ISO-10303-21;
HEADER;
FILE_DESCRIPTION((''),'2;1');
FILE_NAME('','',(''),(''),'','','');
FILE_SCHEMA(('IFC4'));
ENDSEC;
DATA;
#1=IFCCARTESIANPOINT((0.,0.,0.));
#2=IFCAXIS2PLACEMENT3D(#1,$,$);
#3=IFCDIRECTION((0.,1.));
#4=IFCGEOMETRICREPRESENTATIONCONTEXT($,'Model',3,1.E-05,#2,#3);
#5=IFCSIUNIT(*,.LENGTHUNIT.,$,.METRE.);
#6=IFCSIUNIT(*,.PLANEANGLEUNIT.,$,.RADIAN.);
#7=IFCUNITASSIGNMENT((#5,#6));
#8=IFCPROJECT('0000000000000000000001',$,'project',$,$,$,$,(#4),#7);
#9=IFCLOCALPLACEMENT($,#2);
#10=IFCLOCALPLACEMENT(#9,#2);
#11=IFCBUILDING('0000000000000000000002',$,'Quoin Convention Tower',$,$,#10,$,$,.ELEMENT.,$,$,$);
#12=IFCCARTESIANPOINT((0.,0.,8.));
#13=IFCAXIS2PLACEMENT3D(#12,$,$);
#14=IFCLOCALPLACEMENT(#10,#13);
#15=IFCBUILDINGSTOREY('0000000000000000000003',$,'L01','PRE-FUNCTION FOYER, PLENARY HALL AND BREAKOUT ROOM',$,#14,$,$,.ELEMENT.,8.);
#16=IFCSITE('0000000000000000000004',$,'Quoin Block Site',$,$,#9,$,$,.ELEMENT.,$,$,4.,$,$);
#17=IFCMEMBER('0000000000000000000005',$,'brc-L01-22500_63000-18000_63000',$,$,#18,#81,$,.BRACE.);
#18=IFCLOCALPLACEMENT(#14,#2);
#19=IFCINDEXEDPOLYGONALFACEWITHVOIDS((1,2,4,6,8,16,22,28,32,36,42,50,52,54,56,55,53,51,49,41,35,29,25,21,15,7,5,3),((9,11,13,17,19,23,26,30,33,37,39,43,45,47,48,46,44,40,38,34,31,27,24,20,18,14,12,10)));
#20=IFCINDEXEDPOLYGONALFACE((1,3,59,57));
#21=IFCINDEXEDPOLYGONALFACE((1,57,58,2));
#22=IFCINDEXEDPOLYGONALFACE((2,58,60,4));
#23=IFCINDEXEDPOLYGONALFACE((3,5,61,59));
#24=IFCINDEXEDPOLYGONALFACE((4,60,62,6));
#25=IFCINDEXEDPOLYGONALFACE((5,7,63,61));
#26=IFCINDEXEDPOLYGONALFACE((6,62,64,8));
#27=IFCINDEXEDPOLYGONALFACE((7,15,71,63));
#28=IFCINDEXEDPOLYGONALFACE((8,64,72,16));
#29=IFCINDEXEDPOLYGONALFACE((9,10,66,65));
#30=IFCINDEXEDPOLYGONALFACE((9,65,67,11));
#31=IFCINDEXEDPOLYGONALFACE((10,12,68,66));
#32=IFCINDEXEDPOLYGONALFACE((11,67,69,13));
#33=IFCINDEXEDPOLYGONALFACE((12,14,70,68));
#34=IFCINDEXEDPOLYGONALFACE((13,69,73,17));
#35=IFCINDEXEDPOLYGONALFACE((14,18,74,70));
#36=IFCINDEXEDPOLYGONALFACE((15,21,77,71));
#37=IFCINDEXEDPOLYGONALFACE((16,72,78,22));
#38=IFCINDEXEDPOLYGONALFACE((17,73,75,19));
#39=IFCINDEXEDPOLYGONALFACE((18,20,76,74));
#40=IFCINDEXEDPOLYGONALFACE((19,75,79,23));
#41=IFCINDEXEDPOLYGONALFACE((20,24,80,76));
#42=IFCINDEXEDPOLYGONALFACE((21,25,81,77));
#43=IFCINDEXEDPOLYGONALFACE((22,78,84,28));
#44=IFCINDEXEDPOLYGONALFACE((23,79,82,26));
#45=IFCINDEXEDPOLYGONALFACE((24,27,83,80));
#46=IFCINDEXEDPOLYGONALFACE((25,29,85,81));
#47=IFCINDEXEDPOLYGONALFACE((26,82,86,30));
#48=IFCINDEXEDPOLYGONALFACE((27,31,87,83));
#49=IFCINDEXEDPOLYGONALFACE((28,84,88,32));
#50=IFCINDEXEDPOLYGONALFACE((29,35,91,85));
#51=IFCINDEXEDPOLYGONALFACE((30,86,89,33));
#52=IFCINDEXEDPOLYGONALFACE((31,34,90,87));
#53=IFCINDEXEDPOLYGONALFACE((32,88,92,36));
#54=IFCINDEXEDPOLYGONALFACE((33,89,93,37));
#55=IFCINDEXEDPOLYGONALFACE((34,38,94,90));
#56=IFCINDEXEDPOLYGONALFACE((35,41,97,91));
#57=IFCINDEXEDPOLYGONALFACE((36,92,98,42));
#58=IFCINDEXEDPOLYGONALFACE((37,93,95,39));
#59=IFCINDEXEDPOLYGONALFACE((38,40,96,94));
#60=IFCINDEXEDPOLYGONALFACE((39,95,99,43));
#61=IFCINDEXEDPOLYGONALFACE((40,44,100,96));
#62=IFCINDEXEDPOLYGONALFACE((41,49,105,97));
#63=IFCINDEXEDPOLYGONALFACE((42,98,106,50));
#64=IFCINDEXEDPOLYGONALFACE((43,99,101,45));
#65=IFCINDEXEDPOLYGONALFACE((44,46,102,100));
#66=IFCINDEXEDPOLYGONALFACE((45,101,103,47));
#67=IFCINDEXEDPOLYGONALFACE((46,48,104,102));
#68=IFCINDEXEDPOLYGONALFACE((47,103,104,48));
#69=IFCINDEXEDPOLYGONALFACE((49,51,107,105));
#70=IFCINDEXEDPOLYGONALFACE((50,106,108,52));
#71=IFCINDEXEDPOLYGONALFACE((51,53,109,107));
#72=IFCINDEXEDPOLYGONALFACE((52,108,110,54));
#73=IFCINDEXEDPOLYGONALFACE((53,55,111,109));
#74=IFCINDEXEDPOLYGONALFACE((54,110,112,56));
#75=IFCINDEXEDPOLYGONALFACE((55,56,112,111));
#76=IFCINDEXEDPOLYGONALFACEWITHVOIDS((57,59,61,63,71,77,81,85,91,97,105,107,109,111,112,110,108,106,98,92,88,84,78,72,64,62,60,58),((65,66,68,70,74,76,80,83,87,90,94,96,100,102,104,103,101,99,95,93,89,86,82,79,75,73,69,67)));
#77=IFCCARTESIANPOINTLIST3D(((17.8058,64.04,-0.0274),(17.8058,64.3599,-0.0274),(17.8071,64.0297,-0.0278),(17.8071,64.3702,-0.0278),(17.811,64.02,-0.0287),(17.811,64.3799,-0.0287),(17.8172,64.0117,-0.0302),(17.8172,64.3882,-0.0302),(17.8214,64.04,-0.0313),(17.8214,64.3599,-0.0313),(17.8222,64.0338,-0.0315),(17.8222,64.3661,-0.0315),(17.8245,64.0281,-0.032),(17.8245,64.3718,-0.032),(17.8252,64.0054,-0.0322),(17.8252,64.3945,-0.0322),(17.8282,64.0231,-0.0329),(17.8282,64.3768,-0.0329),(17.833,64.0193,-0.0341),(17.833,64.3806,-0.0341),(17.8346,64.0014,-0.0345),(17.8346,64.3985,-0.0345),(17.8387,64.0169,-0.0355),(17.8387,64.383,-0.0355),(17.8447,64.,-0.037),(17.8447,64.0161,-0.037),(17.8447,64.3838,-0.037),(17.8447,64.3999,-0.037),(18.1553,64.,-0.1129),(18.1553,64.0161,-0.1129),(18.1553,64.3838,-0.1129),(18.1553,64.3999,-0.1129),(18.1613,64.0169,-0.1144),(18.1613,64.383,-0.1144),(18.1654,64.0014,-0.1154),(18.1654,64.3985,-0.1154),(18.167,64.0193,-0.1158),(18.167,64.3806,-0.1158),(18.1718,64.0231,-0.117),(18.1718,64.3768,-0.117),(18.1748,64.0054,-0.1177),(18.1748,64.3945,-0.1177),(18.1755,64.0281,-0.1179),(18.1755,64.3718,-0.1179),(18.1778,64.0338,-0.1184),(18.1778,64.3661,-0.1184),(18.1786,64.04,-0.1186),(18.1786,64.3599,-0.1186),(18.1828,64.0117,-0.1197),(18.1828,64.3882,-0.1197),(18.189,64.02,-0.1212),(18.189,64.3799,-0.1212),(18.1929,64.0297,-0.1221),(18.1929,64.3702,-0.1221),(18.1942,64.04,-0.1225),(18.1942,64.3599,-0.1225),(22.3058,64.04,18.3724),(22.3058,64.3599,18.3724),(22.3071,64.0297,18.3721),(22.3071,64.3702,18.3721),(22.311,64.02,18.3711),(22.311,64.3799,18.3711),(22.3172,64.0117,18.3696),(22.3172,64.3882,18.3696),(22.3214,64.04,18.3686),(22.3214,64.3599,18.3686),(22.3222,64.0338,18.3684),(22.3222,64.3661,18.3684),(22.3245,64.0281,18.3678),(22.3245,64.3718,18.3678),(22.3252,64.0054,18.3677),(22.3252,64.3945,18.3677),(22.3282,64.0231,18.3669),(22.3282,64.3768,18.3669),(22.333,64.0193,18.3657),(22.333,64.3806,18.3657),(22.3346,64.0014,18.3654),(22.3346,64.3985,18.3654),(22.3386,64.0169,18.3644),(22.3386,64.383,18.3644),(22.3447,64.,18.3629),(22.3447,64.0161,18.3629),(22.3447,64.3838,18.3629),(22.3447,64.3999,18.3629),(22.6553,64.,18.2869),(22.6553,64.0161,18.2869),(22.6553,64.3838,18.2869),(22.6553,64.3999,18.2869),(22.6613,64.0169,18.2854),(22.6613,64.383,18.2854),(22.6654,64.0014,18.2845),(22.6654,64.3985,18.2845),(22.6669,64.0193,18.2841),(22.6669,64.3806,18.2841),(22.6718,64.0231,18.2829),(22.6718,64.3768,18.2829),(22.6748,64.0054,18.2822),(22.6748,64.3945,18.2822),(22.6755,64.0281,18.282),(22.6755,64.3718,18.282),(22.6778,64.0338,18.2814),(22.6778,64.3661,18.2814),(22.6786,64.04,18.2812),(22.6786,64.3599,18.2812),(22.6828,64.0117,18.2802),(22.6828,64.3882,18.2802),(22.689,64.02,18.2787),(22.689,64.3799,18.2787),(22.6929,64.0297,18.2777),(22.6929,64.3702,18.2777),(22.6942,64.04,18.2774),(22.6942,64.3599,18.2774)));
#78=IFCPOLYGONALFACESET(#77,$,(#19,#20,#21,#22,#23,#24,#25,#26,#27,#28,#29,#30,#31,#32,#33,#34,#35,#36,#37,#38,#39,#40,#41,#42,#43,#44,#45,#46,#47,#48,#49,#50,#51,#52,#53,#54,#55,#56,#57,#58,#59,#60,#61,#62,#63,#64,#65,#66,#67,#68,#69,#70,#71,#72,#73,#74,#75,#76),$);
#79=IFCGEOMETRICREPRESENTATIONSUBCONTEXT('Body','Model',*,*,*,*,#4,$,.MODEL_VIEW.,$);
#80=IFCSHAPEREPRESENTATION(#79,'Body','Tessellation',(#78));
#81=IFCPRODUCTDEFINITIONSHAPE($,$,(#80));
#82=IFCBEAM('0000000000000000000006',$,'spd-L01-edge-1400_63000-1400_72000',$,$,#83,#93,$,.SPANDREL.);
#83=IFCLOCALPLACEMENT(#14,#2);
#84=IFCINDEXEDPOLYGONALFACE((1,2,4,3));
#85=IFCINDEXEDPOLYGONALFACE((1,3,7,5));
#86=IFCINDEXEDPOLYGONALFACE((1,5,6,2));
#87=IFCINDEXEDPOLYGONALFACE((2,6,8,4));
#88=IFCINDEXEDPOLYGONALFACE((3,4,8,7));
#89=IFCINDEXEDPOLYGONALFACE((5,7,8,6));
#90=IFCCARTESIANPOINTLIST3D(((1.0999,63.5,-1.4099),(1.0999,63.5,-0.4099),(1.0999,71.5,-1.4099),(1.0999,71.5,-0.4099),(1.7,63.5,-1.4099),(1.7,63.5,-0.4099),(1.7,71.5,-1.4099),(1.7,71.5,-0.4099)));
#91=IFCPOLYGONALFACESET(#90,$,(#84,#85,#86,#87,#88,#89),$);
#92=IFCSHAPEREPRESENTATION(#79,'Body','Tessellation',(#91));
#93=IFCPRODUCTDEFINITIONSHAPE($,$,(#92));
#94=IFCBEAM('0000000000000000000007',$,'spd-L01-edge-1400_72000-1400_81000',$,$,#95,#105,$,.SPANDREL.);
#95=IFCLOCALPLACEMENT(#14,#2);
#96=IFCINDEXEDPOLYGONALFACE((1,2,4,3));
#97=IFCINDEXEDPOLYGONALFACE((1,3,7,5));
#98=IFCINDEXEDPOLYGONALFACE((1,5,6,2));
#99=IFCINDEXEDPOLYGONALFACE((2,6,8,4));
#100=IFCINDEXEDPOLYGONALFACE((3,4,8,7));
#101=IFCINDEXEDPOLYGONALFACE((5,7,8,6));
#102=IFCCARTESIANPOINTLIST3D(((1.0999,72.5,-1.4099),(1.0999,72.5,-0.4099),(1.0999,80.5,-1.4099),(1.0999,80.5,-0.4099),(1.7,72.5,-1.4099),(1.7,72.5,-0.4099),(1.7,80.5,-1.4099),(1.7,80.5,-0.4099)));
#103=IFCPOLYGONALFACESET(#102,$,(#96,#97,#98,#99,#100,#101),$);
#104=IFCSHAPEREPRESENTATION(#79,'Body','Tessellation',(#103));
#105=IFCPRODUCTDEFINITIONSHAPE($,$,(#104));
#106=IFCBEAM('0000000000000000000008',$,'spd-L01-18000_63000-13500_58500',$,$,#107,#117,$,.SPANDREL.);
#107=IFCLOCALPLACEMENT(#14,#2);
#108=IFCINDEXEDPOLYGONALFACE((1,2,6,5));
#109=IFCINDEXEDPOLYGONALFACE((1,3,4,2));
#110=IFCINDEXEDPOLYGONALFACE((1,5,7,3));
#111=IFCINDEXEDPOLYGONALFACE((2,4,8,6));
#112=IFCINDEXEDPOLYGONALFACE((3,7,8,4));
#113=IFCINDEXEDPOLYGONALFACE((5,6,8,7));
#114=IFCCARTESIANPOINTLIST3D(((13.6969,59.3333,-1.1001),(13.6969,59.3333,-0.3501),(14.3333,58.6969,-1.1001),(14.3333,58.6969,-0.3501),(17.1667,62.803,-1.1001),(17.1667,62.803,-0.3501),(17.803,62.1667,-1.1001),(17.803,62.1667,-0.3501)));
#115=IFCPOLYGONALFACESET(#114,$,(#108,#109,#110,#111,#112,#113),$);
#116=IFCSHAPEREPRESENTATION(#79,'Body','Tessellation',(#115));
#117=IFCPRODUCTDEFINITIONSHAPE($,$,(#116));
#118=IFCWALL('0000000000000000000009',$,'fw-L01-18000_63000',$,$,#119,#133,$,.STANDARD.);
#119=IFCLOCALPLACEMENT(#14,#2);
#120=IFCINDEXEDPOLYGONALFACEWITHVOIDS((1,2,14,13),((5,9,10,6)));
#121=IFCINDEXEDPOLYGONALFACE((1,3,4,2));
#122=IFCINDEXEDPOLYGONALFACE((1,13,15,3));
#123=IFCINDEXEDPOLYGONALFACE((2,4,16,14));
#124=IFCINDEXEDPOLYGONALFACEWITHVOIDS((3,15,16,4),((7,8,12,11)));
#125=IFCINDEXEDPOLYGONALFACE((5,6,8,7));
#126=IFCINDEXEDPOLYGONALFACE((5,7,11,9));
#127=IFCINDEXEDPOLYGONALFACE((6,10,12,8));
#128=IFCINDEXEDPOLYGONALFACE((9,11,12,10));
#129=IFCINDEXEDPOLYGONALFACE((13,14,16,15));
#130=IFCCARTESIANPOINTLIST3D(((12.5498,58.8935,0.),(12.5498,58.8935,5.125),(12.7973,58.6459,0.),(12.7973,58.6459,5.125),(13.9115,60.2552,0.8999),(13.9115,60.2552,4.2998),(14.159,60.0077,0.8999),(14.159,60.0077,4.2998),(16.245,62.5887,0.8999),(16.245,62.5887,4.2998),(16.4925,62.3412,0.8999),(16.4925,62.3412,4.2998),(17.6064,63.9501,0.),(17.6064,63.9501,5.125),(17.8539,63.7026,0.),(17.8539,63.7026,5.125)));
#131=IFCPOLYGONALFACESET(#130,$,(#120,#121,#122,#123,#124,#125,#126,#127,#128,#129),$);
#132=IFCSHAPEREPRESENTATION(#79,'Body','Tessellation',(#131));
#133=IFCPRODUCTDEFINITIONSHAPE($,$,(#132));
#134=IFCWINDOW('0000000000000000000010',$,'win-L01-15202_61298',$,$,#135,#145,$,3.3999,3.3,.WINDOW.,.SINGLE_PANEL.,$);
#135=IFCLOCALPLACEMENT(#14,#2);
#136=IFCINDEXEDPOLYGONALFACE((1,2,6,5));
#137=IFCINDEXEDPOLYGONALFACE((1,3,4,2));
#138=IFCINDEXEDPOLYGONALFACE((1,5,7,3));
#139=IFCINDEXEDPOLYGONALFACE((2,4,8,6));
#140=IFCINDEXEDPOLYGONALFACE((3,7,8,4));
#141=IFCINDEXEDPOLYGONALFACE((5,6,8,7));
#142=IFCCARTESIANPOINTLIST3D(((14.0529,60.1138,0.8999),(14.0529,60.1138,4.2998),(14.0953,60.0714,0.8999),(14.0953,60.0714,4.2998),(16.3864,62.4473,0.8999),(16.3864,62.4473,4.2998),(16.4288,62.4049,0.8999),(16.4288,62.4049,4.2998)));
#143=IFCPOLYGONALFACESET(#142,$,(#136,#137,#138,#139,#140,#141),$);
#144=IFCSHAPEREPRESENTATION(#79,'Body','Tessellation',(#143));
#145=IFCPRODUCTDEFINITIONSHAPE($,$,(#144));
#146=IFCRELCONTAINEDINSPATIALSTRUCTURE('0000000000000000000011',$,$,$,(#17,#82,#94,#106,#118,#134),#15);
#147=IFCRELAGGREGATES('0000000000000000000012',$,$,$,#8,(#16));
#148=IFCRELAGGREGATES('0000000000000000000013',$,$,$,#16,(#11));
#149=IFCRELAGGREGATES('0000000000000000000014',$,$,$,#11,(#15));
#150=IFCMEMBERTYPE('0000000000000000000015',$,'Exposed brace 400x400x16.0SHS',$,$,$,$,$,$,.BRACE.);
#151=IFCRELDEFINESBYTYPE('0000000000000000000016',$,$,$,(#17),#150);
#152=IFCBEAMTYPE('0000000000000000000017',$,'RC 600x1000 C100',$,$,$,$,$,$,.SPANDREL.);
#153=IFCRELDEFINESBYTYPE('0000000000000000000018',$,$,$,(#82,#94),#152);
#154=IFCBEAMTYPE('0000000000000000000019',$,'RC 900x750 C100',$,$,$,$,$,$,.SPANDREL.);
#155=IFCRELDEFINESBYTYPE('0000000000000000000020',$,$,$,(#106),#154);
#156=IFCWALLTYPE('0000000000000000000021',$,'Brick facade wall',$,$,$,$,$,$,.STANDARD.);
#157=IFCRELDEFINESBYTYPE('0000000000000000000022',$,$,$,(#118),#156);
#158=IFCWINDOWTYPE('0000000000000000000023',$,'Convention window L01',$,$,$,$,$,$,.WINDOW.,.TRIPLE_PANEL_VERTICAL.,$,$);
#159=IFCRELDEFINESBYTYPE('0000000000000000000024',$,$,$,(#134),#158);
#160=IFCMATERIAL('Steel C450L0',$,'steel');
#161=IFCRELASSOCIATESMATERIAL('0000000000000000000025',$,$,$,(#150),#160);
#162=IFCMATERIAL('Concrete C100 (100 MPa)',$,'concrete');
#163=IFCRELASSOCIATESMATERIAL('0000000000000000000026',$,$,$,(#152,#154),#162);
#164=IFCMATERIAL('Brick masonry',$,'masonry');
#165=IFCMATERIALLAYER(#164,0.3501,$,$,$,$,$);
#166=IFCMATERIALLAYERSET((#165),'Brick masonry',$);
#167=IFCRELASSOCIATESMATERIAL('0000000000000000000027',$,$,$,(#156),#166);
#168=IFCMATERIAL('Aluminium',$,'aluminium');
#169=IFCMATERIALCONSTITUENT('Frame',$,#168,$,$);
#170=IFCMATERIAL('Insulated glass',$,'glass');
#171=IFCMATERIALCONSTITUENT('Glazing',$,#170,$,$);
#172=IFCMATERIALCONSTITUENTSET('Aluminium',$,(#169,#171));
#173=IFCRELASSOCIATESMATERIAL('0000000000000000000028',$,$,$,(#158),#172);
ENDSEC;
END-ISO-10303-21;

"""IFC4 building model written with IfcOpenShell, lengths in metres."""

from ifc_helpers import new_model, si_unit, direction, frame, frame_2d, origin, origin_2d, place, context, subcontext, project, spatial, rectangle, hollow_rectangle, extrude, material, layer, layer_set, constituent, constituent_set, material_profile, profile_set, type_object, element, fill, save


model = new_model("IFC4")

# Units and contexts
model_context = context("Model", 3, precision=1e-05, world=origin(), true_north=direction((0.0, 1.0)))
body_context = subcontext(model_context, "Body", "Model", "MODEL_VIEW")
ifc_project = project(units=[si_unit("LENGTHUNIT", "METRE"), si_unit("PLANEANGLEUNIT", "RADIAN")], contexts=[model_context])

# Site, building, storey
site_placement = place(None, origin())
site = spatial("IfcSite", under=ifc_project, at=site_placement, Name="Quoin Block Site", CompositionType="ELEMENT", RefElevation=4.0)
building_placement = place(site_placement, origin())
building = spatial("IfcBuilding", under=site, at=building_placement, Name="Quoin Convention Tower", CompositionType="ELEMENT")
storey_placement = place(building_placement, frame((0.0, 0.0, 8.0)))
storey = spatial("IfcBuildingStorey", under=building, at=storey_placement, Name="L01", Description="PRE-FUNCTION FOYER, PLENARY HALL AND BREAKOUT ROOM", CompositionType="ELEMENT", Elevation=8.0)

# Shared definitions
ifc_material_1 = material(Name="Concrete C100 (100 MPa)", Category="concrete")

# Shared definitions
ifc_material_2 = material(Name="Steel C450L0", Category="steel")

# Member
ifc_material_profile_1 = material_profile(ifc_material_2, hollow_rectangle(XDim=0.3999, YDim=0.3999, WallThickness=0.0161, InnerFilletRadius=0.0239, OuterFilletRadius=0.04, at=origin_2d()), Name="400x400x16.0SHS")
ifc_profile_set_1 = profile_set([ifc_material_profile_1], Name="Steel C450L0")
member_type_1 = type_object("IfcMemberType", Name="Exposed brace 400x400x16.0SHS", PredefinedType="BRACE", material=ifc_profile_set_1)
member_1_placement = place(storey_placement, frame((18.0, 64.2, -0.075), z_axis=(0.237565, 0.0, 0.971372), x_axis=(0.0, 1.0, 0.0)))
element("IfcMember", 1, at=member_1_placement, inside=storey, type_object=member_type_1, Name="brc-L01-22500_63000-18000_63000", PredefinedType="BRACE", context=body_context, shape_type="SweptSolid", body=[
    extrude(hollow_rectangle(XDim=0.3999, YDim=0.3999, WallThickness=0.0161, InnerFilletRadius=0.0239, OuterFilletRadius=0.04, at=origin_2d()), origin(), (0.0, 0.0, 1.0), 18.9421),
])

# Beams
ifc_material_profile_2 = material_profile(ifc_material_1, rectangle(XDim=0.6001, YDim=1.0, at=origin_2d()), Name="RC 600x1000")
ifc_profile_set_2 = profile_set([ifc_material_profile_2], Name="Concrete C100 (100 MPa)")
beam_type_1 = type_object("IfcBeamType", Name="RC 600x1000 C100", PredefinedType="SPANDREL", material=ifc_profile_set_2)
for number, where, z_axis, x_axis, name in (
    (2, (1.3999, 63.5, -0.9099), (0.0, 1.0, 0.0), (-1.0, 0.0, 0.0), "spd-L01-edge-1400_63000-1400_72000"),
    (3, (1.3999, 72.5, -0.9099), (0.0, 1.0, 0.0), (-1.0, 0.0, 0.0), "spd-L01-edge-1400_72000-1400_81000"),
):
    element("IfcBeam", number, at=place(storey_placement, frame(where, z_axis=z_axis, x_axis=x_axis)), inside=storey, type_object=beam_type_1, Name=name, PredefinedType="SPANDREL", context=body_context, shape_type="SweptSolid", body=[
        extrude(rectangle(XDim=0.6001, YDim=1.0, at=origin_2d()), origin(), (0.0, 0.0, 1.0), 8.0),
    ])
ifc_material_profile_3 = material_profile(ifc_material_1, rectangle(XDim=0.8999, YDim=0.75, at=origin_2d()), Name="RC 900x750")
ifc_profile_set_3 = profile_set([ifc_material_profile_3], Name="Concrete C100 (100 MPa)")
beam_type_2 = type_object("IfcBeamType", Name="RC 900x750 C100", PredefinedType="SPANDREL", material=ifc_profile_set_3)
beam_1_placement = place(storey_placement, frame((17.4849, 62.4849, -0.7251), z_axis=(-0.707107, -0.707107, 0.0), x_axis=(0.707107, -0.707107, 0.0)))
element("IfcBeam", 4, at=beam_1_placement, inside=storey, type_object=beam_type_2, Name="spd-L01-18000_63000-13500_58500", PredefinedType="SPANDREL", context=body_context, shape_type="SweptSolid", body=[
    extrude(rectangle(XDim=0.8999, YDim=0.75, at=origin_2d()), origin(), (0.0, 0.0, 1.0), 4.907),
])

# Wall, opening, window
ifc_material_3 = material(Name="Brick masonry", Category="masonry")
ifc_layer_1 = layer(ifc_material_3, 0.3501)
ifc_layer_set_1 = layer_set([ifc_layer_1], Name="Brick masonry")
wall_type_1 = type_object("IfcWallType", Name="Brick facade wall", PredefinedType="STANDARD", material=ifc_layer_set_1)
wall_1_placement = place(storey_placement, frame((17.7302, 63.8264, 0.0), z_axis=(0.0, 0.0, 1.0), x_axis=(-0.707107, -0.707107, 0.0)))
wall_1 = element("IfcWall", 5, at=wall_1_placement, inside=storey, type_object=wall_type_1, Name="fw-L01-18000_63000", PredefinedType="STANDARD", context=body_context, shape_type="SweptSolid", body=[
    extrude(rectangle(XDim=7.1511, YDim=0.3501, at=frame_2d((3.5757, 0.0))), origin(), (0.0, 0.0, 1.0), 5.125),
])
opening_1_placement = place(wall_1_placement, frame((1.9255, 0.0, 0.8999)))
opening_1 = element("IfcOpeningElement", 6, at=opening_1_placement, cuts=wall_1, PredefinedType="OPENING", context=body_context, shape_type="SweptSolid", body=[
    extrude(rectangle(XDim=3.3, YDim=3.3999, at=frame_2d((1.6499, 1.7))), frame((0.0, 0.1851, 0.0), z_axis=(0.0, -1.0, 0.0), x_axis=(1.0, 0.0, 0.0)), (0.0, 0.0, 1.0), 0.3701),
])
ifc_material_4 = material(Name="Aluminium", Category="aluminium")
ifc_constituent_1 = constituent(ifc_material_4, Name="Frame")
ifc_material_5 = material(Name="Insulated glass", Category="glass")
ifc_constituent_2 = constituent(ifc_material_5, Name="Glazing")
ifc_constituent_set_1 = constituent_set(constituents=[ifc_constituent_1, ifc_constituent_2], Name="Aluminium")
window_type = type_object("IfcWindowType", Name="Convention window L01", PartitioningType="TRIPLE_PANEL_VERTICAL", PredefinedType="WINDOW", material=ifc_constituent_set_1)
window_1_placement = place(opening_1_placement, origin())
window_1 = element("IfcWindow", 7, at=window_1_placement, inside=storey, type_object=window_type, Name="win-L01-15202_61298", OverallHeight=3.3999, OverallWidth=3.3, PartitioningType="SINGLE_PANEL", PredefinedType="WINDOW", context=body_context, shape_type="SweptSolid", body=[
    extrude(rectangle(XDim=3.3, YDim=3.3999, at=frame_2d((1.6499, 1.7))), frame((0.0, 0.085, 0.0), z_axis=(0.0, -1.0, 0.0), x_axis=(1.0, 0.0, 0.0)), (0.0, 0.0, 1.0), 0.0601),
])
fill(opening_1, window_1)

save(model, "model.ifc")
